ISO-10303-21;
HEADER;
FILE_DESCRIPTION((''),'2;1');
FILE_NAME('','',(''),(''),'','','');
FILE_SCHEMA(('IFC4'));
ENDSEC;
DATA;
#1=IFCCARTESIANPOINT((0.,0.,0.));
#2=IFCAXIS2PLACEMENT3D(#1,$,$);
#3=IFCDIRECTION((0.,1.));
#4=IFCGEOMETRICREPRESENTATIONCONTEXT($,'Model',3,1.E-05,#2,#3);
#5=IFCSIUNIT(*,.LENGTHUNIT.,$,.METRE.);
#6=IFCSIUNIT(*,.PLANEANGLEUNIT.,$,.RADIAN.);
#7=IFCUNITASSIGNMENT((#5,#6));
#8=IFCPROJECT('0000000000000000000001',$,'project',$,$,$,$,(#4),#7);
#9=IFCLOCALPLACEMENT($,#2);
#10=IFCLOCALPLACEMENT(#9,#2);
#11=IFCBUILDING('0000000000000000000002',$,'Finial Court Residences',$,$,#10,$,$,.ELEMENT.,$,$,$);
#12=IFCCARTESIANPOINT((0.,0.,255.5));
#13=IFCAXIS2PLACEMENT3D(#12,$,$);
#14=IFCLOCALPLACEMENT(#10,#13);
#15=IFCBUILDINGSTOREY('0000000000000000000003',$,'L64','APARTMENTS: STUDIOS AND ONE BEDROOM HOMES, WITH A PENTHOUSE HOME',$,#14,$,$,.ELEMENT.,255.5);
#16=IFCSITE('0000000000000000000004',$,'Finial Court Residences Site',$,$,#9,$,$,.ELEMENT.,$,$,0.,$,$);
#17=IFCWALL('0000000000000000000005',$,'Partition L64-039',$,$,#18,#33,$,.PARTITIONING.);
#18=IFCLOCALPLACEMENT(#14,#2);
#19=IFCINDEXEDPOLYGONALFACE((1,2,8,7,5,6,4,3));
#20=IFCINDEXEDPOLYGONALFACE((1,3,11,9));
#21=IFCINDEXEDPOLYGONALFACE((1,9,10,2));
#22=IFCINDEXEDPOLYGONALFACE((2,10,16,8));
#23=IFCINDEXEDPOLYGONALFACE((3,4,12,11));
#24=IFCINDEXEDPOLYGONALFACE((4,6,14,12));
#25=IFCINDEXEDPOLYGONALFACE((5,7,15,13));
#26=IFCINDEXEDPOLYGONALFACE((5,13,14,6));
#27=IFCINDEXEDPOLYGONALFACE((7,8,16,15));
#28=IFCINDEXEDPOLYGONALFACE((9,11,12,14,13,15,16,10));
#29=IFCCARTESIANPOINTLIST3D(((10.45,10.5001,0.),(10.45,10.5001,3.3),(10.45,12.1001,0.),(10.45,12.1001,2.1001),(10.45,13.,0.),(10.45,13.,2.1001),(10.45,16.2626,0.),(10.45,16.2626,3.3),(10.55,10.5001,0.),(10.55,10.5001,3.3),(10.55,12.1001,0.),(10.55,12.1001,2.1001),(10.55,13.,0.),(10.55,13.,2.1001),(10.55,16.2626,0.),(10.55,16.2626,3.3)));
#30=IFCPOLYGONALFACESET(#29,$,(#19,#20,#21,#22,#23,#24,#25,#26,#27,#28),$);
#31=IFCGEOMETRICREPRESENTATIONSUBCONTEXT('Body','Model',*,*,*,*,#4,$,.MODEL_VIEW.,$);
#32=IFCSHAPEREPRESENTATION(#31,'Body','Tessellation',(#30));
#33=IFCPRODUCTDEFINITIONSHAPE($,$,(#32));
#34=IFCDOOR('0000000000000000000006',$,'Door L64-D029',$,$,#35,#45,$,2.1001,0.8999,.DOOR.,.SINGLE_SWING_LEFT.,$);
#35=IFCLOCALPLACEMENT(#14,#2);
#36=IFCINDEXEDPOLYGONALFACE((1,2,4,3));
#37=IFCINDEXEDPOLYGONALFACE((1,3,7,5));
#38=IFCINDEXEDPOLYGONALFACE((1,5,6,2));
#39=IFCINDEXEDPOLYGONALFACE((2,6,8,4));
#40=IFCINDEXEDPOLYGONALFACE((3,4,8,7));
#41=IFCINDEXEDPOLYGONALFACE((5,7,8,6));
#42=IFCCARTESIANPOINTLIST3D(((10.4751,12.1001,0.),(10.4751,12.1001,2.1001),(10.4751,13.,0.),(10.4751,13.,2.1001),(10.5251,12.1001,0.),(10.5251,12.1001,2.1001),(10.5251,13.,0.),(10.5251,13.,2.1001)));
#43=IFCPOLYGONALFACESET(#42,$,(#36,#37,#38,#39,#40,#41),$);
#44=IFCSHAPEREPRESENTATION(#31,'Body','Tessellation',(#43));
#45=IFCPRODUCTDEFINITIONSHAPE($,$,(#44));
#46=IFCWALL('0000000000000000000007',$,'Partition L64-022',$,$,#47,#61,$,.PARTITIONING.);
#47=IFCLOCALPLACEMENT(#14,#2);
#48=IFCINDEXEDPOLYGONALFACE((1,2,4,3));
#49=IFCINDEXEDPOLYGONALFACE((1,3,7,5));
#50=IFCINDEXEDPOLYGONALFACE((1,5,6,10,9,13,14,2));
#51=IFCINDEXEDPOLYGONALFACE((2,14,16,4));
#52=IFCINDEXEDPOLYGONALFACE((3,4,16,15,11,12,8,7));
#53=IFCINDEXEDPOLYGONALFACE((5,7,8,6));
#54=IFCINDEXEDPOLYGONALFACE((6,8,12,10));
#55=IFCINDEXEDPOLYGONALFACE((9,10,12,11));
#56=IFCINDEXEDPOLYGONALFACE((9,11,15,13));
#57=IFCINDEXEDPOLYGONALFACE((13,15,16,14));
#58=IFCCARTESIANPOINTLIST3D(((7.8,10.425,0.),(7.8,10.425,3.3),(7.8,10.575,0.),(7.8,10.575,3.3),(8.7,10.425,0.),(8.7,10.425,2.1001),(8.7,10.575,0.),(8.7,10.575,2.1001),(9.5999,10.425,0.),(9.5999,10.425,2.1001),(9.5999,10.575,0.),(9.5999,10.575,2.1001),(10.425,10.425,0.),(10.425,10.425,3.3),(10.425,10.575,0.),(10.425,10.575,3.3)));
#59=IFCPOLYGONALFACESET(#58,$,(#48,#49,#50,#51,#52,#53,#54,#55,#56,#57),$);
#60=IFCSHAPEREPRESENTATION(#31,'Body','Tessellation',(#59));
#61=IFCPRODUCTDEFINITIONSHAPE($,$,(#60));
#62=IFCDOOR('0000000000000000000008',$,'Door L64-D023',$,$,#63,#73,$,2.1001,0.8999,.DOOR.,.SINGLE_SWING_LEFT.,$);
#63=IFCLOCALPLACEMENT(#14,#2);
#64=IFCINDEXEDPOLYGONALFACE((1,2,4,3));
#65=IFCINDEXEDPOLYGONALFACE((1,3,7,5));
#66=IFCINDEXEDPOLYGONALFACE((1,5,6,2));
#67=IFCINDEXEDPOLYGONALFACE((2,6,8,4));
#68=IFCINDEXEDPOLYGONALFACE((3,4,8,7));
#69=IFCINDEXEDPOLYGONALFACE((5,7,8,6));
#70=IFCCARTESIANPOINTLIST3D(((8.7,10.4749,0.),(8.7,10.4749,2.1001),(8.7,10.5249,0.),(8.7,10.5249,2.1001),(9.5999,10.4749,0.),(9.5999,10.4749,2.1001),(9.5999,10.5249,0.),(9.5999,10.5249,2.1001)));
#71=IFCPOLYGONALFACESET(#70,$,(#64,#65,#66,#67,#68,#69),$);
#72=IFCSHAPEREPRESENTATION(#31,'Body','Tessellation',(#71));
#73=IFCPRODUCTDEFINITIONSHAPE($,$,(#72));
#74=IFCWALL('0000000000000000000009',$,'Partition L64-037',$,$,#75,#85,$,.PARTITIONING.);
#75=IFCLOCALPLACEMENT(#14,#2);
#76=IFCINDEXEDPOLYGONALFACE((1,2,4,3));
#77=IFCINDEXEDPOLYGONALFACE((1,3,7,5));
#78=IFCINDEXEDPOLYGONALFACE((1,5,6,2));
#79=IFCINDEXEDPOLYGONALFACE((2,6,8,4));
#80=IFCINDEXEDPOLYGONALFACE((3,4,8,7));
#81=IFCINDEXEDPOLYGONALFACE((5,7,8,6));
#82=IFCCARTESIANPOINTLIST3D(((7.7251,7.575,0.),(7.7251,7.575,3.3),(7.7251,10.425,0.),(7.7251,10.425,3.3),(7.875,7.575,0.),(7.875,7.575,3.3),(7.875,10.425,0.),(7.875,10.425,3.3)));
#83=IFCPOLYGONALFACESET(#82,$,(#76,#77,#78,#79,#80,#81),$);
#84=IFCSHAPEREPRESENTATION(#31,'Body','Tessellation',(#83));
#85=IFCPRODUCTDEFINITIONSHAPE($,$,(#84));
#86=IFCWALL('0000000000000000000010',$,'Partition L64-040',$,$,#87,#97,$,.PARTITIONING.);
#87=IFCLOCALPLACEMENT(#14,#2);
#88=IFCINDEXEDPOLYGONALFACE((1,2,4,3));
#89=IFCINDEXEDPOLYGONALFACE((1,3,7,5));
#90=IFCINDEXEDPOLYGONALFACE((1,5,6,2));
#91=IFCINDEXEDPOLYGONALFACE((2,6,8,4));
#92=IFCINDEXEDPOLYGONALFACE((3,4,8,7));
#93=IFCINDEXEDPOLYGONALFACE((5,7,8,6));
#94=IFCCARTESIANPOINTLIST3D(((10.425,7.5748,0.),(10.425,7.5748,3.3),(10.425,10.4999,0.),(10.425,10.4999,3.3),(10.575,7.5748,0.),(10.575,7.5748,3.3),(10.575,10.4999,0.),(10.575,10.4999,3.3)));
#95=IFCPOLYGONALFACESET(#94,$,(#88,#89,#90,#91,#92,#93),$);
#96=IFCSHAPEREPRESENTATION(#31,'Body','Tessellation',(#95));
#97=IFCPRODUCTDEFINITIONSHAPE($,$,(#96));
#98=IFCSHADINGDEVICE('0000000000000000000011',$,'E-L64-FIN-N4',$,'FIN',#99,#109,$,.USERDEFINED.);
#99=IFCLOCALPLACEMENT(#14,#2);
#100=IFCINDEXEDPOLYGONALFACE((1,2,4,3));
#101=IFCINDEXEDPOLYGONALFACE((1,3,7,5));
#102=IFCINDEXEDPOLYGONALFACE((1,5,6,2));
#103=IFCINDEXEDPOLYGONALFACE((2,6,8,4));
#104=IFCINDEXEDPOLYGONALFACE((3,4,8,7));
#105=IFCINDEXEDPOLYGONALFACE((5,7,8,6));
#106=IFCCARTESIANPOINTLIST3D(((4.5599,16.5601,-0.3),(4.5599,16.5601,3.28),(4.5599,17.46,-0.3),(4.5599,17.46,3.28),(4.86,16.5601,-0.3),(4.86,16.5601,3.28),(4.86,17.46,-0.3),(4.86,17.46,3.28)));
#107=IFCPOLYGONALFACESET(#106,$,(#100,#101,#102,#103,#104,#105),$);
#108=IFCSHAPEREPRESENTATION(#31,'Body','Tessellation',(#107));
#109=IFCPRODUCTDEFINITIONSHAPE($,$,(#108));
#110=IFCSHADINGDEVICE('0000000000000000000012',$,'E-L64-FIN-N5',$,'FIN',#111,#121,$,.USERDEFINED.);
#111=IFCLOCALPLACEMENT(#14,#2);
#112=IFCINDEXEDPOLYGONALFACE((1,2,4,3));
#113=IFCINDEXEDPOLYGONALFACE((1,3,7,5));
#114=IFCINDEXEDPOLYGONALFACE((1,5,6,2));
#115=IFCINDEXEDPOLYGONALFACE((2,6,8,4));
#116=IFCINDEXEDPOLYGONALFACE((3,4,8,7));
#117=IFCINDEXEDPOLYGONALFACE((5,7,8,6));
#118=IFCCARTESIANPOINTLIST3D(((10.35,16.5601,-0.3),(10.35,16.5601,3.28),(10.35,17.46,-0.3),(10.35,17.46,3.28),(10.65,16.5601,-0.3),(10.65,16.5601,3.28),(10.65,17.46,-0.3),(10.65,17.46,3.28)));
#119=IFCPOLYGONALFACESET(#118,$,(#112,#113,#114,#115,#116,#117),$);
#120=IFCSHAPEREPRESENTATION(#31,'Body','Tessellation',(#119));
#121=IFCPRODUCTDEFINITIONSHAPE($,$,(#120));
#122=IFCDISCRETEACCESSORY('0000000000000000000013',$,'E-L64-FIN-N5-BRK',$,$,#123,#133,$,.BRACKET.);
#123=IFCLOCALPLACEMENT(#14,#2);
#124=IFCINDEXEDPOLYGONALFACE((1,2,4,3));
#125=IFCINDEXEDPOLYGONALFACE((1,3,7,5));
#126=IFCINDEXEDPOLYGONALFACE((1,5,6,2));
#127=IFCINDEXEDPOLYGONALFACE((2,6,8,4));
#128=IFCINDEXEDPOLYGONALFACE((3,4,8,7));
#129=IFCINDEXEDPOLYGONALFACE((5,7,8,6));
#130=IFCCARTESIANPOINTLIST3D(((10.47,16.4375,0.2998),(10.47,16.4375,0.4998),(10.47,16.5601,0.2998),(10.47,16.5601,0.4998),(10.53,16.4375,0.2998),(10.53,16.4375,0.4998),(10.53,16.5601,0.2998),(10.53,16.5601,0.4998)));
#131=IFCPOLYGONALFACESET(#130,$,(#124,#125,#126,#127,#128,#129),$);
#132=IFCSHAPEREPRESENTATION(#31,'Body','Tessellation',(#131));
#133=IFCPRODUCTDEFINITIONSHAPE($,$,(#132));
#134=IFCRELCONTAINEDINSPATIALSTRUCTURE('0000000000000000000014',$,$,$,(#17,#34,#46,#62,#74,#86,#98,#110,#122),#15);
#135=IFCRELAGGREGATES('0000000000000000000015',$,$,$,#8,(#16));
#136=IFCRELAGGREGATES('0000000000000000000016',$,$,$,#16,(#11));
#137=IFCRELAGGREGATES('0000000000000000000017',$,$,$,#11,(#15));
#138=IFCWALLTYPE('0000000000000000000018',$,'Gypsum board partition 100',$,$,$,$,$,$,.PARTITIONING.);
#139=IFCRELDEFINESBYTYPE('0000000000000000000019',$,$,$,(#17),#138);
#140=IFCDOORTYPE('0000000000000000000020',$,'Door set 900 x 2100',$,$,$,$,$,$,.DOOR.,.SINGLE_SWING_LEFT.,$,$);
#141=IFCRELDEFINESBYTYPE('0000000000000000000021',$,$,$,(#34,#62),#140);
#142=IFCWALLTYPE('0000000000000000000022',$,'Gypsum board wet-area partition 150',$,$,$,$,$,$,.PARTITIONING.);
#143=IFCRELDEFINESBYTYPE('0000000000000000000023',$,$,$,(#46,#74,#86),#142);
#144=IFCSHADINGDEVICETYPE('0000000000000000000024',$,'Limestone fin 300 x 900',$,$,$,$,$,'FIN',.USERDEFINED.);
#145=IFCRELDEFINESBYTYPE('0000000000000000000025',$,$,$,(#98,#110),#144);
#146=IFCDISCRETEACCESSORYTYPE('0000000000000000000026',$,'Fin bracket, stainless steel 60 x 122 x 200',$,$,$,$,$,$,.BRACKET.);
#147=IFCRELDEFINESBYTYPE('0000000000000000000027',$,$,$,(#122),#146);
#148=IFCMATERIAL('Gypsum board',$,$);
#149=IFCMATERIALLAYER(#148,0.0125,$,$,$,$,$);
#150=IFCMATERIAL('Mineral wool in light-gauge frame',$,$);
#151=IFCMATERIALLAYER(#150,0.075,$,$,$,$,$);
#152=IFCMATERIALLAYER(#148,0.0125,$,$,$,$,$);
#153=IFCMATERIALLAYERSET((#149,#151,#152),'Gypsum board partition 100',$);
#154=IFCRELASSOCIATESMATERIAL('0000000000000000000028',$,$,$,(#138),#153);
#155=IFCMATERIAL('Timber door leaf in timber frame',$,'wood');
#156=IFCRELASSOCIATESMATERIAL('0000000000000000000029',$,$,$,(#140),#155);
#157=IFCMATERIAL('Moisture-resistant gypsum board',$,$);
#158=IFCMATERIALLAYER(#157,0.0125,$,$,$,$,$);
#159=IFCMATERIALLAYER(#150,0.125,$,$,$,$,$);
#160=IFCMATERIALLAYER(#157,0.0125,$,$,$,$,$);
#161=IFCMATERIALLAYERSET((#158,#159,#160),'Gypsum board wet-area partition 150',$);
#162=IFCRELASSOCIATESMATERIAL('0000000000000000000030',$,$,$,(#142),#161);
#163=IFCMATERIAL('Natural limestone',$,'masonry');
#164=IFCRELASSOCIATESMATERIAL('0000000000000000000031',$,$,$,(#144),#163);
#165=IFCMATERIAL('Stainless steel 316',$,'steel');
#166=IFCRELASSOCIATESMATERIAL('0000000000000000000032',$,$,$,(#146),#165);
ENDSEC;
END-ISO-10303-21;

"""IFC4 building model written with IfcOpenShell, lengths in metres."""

from ifc_helpers import new_model, si_unit, direction, frame, frame_2d, origin, origin_2d, place, context, subcontext, project, spatial, rectangle, extrude, material, layer, layer_set, type_object, element, fill, save


model = new_model("IFC4")

# Units and contexts
model_context = context("Model", 3, precision=1e-05, world=origin(), true_north=direction((0.0, 1.0)))
body_context = subcontext(model_context, "Body", "Model", "MODEL_VIEW")
ifc_project = project(units=[si_unit("LENGTHUNIT", "METRE"), si_unit("PLANEANGLEUNIT", "RADIAN")], contexts=[model_context])

# Site, building, storey
site_placement = place(None, origin())
site = spatial("IfcSite", under=ifc_project, at=site_placement, Name="Finial Court Residences Site", CompositionType="ELEMENT", RefElevation=0.0)
building_placement = place(site_placement, origin())
building = spatial("IfcBuilding", under=site, at=building_placement, Name="Finial Court Residences", CompositionType="ELEMENT")
storey_placement = place(building_placement, frame((0.0, 0.0, 255.5)))
storey = spatial("IfcBuildingStorey", under=building, at=storey_placement, Name="L64", Description="APARTMENTS: STUDIOS AND ONE BEDROOM HOMES, WITH A PENTHOUSE HOME", CompositionType="ELEMENT", Elevation=255.5)

# Walls, openings, doors
ifc_material_1 = material(Name="Gypsum board")
ifc_layer_1 = layer(ifc_material_1, 0.0125)
ifc_material_2 = material(Name="Mineral wool in light-gauge frame")
ifc_layer_2 = layer(ifc_material_2, 0.075)
ifc_layer_3 = layer(ifc_material_1, 0.0125)
ifc_layer_set_1 = layer_set([ifc_layer_1, ifc_layer_2, ifc_layer_3], Name="Gypsum board partition 100")
wall_type_1 = type_object("IfcWallType", Name="Gypsum board partition 100", PredefinedType="PARTITIONING", material=ifc_layer_set_1)
ifc_material_3 = material(Name="Timber door leaf in timber frame", Category="wood")
door_type = type_object("IfcDoorType", Name="Door set 900 x 2100", OperationType="SINGLE_SWING_LEFT", PredefinedType="DOOR", material=ifc_material_3)
wall_1_placement = place(storey_placement, frame((10.5, 10.5, 0.0), z_axis=(0.0, 0.0, 1.0), x_axis=(0.0, 1.0, 0.0)))
wall_1 = element("IfcWall", 1, at=wall_1_placement, inside=storey, type_object=wall_type_1, Name="Partition L64-039", PredefinedType="PARTITIONING", context=body_context, shape_type="SweptSolid", body=[
    extrude(rectangle(XDim=5.7625, YDim=0.1001, at=frame_2d((2.8813, 0.0))), origin(), (0.0, 0.0, 1.0), 3.3),
])
opening_1_placement = place(wall_1_placement, frame((1.6001, 0.0, 0.0)))
opening_1 = element("IfcOpeningElement", 2, at=opening_1_placement, cuts=wall_1, PredefinedType="OPENING", context=body_context, shape_type="SweptSolid", body=[
    extrude(rectangle(XDim=0.8999, YDim=2.1001, at=frame_2d((0.45, 1.05))), frame((0.0, 0.0601, 0.0), z_axis=(0.0, -1.0, 0.0), x_axis=(1.0, 0.0, 0.0)), (0.0, 0.0, 1.0), 0.1201),
])
door_1_placement = place(opening_1_placement, origin())
door_1 = element("IfcDoor", 3, at=door_1_placement, inside=storey, type_object=door_type, Name="Door L64-D029", OperationType="SINGLE_SWING_LEFT", OverallHeight=2.1001, OverallWidth=0.8999, PredefinedType="DOOR", context=body_context, shape_type="SweptSolid", body=[
    extrude(rectangle(XDim=0.8999, YDim=2.1001, at=frame_2d((0.45, 1.05))), frame((0.0, 0.0249, 0.0), z_axis=(0.0, -1.0, 0.0), x_axis=(1.0, 0.0, 0.0)), (0.0, 0.0, 1.0), 0.05),
])
fill(opening_1, door_1)
ifc_material_4 = material(Name="Moisture-resistant gypsum board")
ifc_layer_4 = layer(ifc_material_4, 0.0125)
ifc_layer_5 = layer(ifc_material_2, 0.125)
ifc_layer_6 = layer(ifc_material_4, 0.0125)
ifc_layer_set_2 = layer_set([ifc_layer_4, ifc_layer_5, ifc_layer_6], Name="Gypsum board wet-area partition 150")
wall_type_2 = type_object("IfcWallType", Name="Gypsum board wet-area partition 150", PredefinedType="PARTITIONING", material=ifc_layer_set_2)
wall_2_placement = place(storey_placement, frame((7.8, 10.5, 0.0), z_axis=(0.0, 0.0, 1.0), x_axis=(1.0, 0.0, 0.0)))
wall_2 = element("IfcWall", 4, at=wall_2_placement, inside=storey, type_object=wall_type_2, Name="Partition L64-022", PredefinedType="PARTITIONING", context=body_context, shape_type="SweptSolid", body=[
    extrude(rectangle(XDim=2.625, YDim=0.1499, at=frame_2d((1.3125, 0.0))), origin(), (0.0, 0.0, 1.0), 3.3),
])
opening_2_placement = place(wall_2_placement, frame((0.8999, 0.0, 0.0)))
opening_2 = element("IfcOpeningElement", 5, at=opening_2_placement, cuts=wall_2, PredefinedType="OPENING", context=body_context, shape_type="SweptSolid", body=[
    extrude(rectangle(XDim=0.8999, YDim=2.1001, at=frame_2d((0.45, 1.05))), frame((0.0, 0.085, 0.0), z_axis=(0.0, -1.0, 0.0), x_axis=(1.0, 0.0, 0.0)), (0.0, 0.0, 1.0), 0.1699),
])
door_2_placement = place(opening_2_placement, origin())
door_2 = element("IfcDoor", 6, at=door_2_placement, inside=storey, type_object=door_type, Name="Door L64-D023", OperationType="SINGLE_SWING_LEFT", OverallHeight=2.1001, OverallWidth=0.8999, PredefinedType="DOOR", context=body_context, shape_type="SweptSolid", body=[
    extrude(rectangle(XDim=0.8999, YDim=2.1001, at=frame_2d((0.45, 1.05))), frame((0.0, 0.0249, 0.0), z_axis=(0.0, -1.0, 0.0), x_axis=(1.0, 0.0, 0.0)), (0.0, 0.0, 1.0), 0.05),
])
fill(opening_2, door_2)

# Walls
wall_3_placement = place(storey_placement, frame((7.8, 7.575, 0.0), z_axis=(0.0, 0.0, 1.0), x_axis=(0.0, 1.0, 0.0)))
element("IfcWall", 7, at=wall_3_placement, inside=storey, type_object=wall_type_2, Name="Partition L64-037", PredefinedType="PARTITIONING", context=body_context, shape_type="SweptSolid", body=[
    extrude(rectangle(XDim=2.8501, YDim=0.1499, at=frame_2d((1.425, 0.0))), origin(), (0.0, 0.0, 1.0), 3.3),
])
wall_4_placement = place(storey_placement, frame((10.5, 7.575, 0.0), z_axis=(0.0, 0.0, 1.0), x_axis=(0.0, 1.0, 0.0)))
element("IfcWall", 8, at=wall_4_placement, inside=storey, type_object=wall_type_2, Name="Partition L64-040", PredefinedType="PARTITIONING", context=body_context, shape_type="SweptSolid", body=[
    extrude(rectangle(XDim=2.925, YDim=0.1499, at=frame_2d((1.4624, 0.0))), origin(), (0.0, 0.0, 1.0), 3.3),
])

# Shading devices
ifc_material_5 = material(Name="Natural limestone", Category="masonry")
shading_device_type = type_object("IfcShadingDeviceType", Name="Limestone fin 300 x 900", ElementType="FIN", PredefinedType="USERDEFINED", material=ifc_material_5)
for number, where, z_axis, x_axis, name in (
    (9, (4.71, 17.01, -0.3), (0.0, 0.0, 1.0), (1.0, 0.0, 0.0), "E-L64-FIN-N4"),
    (10, (10.5, 17.01, -0.3), (0.0, 0.0, 1.0), (1.0, 0.0, 0.0), "E-L64-FIN-N5"),
):
    element("IfcShadingDevice", number, at=place(storey_placement, frame(where, z_axis=z_axis, x_axis=x_axis)), inside=storey, type_object=shading_device_type, Name=name, ObjectType="FIN", PredefinedType="USERDEFINED", context=body_context, shape_type="SweptSolid", body=[
        extrude(rectangle(XDim=0.3, YDim=0.8999, at=origin_2d()), origin(), (0.0, 0.0, 1.0), 3.5801),
    ])

# Discrete accessory
ifc_material_6 = material(Name="Stainless steel 316", Category="steel")
discrete_accessory_type = type_object("IfcDiscreteAccessoryType", Name="Fin bracket, stainless steel 60 x 122 x 200", PredefinedType="BRACKET", material=ifc_material_6)
discrete_accessory_placement = place(storey_placement, frame((10.5, 16.4988, 0.2998), z_axis=(0.0, 0.0, 1.0), x_axis=(1.0, 0.0, 0.0)))
element("IfcDiscreteAccessory", 11, at=discrete_accessory_placement, inside=storey, type_object=discrete_accessory_type, Name="E-L64-FIN-N5-BRK", PredefinedType="BRACKET", context=body_context, shape_type="SweptSolid", body=[
    extrude(rectangle(XDim=0.0601, YDim=0.1226, at=origin_2d()), origin(), (0.0, 0.0, 1.0), 0.2),
])

save(model, "model.ifc")
